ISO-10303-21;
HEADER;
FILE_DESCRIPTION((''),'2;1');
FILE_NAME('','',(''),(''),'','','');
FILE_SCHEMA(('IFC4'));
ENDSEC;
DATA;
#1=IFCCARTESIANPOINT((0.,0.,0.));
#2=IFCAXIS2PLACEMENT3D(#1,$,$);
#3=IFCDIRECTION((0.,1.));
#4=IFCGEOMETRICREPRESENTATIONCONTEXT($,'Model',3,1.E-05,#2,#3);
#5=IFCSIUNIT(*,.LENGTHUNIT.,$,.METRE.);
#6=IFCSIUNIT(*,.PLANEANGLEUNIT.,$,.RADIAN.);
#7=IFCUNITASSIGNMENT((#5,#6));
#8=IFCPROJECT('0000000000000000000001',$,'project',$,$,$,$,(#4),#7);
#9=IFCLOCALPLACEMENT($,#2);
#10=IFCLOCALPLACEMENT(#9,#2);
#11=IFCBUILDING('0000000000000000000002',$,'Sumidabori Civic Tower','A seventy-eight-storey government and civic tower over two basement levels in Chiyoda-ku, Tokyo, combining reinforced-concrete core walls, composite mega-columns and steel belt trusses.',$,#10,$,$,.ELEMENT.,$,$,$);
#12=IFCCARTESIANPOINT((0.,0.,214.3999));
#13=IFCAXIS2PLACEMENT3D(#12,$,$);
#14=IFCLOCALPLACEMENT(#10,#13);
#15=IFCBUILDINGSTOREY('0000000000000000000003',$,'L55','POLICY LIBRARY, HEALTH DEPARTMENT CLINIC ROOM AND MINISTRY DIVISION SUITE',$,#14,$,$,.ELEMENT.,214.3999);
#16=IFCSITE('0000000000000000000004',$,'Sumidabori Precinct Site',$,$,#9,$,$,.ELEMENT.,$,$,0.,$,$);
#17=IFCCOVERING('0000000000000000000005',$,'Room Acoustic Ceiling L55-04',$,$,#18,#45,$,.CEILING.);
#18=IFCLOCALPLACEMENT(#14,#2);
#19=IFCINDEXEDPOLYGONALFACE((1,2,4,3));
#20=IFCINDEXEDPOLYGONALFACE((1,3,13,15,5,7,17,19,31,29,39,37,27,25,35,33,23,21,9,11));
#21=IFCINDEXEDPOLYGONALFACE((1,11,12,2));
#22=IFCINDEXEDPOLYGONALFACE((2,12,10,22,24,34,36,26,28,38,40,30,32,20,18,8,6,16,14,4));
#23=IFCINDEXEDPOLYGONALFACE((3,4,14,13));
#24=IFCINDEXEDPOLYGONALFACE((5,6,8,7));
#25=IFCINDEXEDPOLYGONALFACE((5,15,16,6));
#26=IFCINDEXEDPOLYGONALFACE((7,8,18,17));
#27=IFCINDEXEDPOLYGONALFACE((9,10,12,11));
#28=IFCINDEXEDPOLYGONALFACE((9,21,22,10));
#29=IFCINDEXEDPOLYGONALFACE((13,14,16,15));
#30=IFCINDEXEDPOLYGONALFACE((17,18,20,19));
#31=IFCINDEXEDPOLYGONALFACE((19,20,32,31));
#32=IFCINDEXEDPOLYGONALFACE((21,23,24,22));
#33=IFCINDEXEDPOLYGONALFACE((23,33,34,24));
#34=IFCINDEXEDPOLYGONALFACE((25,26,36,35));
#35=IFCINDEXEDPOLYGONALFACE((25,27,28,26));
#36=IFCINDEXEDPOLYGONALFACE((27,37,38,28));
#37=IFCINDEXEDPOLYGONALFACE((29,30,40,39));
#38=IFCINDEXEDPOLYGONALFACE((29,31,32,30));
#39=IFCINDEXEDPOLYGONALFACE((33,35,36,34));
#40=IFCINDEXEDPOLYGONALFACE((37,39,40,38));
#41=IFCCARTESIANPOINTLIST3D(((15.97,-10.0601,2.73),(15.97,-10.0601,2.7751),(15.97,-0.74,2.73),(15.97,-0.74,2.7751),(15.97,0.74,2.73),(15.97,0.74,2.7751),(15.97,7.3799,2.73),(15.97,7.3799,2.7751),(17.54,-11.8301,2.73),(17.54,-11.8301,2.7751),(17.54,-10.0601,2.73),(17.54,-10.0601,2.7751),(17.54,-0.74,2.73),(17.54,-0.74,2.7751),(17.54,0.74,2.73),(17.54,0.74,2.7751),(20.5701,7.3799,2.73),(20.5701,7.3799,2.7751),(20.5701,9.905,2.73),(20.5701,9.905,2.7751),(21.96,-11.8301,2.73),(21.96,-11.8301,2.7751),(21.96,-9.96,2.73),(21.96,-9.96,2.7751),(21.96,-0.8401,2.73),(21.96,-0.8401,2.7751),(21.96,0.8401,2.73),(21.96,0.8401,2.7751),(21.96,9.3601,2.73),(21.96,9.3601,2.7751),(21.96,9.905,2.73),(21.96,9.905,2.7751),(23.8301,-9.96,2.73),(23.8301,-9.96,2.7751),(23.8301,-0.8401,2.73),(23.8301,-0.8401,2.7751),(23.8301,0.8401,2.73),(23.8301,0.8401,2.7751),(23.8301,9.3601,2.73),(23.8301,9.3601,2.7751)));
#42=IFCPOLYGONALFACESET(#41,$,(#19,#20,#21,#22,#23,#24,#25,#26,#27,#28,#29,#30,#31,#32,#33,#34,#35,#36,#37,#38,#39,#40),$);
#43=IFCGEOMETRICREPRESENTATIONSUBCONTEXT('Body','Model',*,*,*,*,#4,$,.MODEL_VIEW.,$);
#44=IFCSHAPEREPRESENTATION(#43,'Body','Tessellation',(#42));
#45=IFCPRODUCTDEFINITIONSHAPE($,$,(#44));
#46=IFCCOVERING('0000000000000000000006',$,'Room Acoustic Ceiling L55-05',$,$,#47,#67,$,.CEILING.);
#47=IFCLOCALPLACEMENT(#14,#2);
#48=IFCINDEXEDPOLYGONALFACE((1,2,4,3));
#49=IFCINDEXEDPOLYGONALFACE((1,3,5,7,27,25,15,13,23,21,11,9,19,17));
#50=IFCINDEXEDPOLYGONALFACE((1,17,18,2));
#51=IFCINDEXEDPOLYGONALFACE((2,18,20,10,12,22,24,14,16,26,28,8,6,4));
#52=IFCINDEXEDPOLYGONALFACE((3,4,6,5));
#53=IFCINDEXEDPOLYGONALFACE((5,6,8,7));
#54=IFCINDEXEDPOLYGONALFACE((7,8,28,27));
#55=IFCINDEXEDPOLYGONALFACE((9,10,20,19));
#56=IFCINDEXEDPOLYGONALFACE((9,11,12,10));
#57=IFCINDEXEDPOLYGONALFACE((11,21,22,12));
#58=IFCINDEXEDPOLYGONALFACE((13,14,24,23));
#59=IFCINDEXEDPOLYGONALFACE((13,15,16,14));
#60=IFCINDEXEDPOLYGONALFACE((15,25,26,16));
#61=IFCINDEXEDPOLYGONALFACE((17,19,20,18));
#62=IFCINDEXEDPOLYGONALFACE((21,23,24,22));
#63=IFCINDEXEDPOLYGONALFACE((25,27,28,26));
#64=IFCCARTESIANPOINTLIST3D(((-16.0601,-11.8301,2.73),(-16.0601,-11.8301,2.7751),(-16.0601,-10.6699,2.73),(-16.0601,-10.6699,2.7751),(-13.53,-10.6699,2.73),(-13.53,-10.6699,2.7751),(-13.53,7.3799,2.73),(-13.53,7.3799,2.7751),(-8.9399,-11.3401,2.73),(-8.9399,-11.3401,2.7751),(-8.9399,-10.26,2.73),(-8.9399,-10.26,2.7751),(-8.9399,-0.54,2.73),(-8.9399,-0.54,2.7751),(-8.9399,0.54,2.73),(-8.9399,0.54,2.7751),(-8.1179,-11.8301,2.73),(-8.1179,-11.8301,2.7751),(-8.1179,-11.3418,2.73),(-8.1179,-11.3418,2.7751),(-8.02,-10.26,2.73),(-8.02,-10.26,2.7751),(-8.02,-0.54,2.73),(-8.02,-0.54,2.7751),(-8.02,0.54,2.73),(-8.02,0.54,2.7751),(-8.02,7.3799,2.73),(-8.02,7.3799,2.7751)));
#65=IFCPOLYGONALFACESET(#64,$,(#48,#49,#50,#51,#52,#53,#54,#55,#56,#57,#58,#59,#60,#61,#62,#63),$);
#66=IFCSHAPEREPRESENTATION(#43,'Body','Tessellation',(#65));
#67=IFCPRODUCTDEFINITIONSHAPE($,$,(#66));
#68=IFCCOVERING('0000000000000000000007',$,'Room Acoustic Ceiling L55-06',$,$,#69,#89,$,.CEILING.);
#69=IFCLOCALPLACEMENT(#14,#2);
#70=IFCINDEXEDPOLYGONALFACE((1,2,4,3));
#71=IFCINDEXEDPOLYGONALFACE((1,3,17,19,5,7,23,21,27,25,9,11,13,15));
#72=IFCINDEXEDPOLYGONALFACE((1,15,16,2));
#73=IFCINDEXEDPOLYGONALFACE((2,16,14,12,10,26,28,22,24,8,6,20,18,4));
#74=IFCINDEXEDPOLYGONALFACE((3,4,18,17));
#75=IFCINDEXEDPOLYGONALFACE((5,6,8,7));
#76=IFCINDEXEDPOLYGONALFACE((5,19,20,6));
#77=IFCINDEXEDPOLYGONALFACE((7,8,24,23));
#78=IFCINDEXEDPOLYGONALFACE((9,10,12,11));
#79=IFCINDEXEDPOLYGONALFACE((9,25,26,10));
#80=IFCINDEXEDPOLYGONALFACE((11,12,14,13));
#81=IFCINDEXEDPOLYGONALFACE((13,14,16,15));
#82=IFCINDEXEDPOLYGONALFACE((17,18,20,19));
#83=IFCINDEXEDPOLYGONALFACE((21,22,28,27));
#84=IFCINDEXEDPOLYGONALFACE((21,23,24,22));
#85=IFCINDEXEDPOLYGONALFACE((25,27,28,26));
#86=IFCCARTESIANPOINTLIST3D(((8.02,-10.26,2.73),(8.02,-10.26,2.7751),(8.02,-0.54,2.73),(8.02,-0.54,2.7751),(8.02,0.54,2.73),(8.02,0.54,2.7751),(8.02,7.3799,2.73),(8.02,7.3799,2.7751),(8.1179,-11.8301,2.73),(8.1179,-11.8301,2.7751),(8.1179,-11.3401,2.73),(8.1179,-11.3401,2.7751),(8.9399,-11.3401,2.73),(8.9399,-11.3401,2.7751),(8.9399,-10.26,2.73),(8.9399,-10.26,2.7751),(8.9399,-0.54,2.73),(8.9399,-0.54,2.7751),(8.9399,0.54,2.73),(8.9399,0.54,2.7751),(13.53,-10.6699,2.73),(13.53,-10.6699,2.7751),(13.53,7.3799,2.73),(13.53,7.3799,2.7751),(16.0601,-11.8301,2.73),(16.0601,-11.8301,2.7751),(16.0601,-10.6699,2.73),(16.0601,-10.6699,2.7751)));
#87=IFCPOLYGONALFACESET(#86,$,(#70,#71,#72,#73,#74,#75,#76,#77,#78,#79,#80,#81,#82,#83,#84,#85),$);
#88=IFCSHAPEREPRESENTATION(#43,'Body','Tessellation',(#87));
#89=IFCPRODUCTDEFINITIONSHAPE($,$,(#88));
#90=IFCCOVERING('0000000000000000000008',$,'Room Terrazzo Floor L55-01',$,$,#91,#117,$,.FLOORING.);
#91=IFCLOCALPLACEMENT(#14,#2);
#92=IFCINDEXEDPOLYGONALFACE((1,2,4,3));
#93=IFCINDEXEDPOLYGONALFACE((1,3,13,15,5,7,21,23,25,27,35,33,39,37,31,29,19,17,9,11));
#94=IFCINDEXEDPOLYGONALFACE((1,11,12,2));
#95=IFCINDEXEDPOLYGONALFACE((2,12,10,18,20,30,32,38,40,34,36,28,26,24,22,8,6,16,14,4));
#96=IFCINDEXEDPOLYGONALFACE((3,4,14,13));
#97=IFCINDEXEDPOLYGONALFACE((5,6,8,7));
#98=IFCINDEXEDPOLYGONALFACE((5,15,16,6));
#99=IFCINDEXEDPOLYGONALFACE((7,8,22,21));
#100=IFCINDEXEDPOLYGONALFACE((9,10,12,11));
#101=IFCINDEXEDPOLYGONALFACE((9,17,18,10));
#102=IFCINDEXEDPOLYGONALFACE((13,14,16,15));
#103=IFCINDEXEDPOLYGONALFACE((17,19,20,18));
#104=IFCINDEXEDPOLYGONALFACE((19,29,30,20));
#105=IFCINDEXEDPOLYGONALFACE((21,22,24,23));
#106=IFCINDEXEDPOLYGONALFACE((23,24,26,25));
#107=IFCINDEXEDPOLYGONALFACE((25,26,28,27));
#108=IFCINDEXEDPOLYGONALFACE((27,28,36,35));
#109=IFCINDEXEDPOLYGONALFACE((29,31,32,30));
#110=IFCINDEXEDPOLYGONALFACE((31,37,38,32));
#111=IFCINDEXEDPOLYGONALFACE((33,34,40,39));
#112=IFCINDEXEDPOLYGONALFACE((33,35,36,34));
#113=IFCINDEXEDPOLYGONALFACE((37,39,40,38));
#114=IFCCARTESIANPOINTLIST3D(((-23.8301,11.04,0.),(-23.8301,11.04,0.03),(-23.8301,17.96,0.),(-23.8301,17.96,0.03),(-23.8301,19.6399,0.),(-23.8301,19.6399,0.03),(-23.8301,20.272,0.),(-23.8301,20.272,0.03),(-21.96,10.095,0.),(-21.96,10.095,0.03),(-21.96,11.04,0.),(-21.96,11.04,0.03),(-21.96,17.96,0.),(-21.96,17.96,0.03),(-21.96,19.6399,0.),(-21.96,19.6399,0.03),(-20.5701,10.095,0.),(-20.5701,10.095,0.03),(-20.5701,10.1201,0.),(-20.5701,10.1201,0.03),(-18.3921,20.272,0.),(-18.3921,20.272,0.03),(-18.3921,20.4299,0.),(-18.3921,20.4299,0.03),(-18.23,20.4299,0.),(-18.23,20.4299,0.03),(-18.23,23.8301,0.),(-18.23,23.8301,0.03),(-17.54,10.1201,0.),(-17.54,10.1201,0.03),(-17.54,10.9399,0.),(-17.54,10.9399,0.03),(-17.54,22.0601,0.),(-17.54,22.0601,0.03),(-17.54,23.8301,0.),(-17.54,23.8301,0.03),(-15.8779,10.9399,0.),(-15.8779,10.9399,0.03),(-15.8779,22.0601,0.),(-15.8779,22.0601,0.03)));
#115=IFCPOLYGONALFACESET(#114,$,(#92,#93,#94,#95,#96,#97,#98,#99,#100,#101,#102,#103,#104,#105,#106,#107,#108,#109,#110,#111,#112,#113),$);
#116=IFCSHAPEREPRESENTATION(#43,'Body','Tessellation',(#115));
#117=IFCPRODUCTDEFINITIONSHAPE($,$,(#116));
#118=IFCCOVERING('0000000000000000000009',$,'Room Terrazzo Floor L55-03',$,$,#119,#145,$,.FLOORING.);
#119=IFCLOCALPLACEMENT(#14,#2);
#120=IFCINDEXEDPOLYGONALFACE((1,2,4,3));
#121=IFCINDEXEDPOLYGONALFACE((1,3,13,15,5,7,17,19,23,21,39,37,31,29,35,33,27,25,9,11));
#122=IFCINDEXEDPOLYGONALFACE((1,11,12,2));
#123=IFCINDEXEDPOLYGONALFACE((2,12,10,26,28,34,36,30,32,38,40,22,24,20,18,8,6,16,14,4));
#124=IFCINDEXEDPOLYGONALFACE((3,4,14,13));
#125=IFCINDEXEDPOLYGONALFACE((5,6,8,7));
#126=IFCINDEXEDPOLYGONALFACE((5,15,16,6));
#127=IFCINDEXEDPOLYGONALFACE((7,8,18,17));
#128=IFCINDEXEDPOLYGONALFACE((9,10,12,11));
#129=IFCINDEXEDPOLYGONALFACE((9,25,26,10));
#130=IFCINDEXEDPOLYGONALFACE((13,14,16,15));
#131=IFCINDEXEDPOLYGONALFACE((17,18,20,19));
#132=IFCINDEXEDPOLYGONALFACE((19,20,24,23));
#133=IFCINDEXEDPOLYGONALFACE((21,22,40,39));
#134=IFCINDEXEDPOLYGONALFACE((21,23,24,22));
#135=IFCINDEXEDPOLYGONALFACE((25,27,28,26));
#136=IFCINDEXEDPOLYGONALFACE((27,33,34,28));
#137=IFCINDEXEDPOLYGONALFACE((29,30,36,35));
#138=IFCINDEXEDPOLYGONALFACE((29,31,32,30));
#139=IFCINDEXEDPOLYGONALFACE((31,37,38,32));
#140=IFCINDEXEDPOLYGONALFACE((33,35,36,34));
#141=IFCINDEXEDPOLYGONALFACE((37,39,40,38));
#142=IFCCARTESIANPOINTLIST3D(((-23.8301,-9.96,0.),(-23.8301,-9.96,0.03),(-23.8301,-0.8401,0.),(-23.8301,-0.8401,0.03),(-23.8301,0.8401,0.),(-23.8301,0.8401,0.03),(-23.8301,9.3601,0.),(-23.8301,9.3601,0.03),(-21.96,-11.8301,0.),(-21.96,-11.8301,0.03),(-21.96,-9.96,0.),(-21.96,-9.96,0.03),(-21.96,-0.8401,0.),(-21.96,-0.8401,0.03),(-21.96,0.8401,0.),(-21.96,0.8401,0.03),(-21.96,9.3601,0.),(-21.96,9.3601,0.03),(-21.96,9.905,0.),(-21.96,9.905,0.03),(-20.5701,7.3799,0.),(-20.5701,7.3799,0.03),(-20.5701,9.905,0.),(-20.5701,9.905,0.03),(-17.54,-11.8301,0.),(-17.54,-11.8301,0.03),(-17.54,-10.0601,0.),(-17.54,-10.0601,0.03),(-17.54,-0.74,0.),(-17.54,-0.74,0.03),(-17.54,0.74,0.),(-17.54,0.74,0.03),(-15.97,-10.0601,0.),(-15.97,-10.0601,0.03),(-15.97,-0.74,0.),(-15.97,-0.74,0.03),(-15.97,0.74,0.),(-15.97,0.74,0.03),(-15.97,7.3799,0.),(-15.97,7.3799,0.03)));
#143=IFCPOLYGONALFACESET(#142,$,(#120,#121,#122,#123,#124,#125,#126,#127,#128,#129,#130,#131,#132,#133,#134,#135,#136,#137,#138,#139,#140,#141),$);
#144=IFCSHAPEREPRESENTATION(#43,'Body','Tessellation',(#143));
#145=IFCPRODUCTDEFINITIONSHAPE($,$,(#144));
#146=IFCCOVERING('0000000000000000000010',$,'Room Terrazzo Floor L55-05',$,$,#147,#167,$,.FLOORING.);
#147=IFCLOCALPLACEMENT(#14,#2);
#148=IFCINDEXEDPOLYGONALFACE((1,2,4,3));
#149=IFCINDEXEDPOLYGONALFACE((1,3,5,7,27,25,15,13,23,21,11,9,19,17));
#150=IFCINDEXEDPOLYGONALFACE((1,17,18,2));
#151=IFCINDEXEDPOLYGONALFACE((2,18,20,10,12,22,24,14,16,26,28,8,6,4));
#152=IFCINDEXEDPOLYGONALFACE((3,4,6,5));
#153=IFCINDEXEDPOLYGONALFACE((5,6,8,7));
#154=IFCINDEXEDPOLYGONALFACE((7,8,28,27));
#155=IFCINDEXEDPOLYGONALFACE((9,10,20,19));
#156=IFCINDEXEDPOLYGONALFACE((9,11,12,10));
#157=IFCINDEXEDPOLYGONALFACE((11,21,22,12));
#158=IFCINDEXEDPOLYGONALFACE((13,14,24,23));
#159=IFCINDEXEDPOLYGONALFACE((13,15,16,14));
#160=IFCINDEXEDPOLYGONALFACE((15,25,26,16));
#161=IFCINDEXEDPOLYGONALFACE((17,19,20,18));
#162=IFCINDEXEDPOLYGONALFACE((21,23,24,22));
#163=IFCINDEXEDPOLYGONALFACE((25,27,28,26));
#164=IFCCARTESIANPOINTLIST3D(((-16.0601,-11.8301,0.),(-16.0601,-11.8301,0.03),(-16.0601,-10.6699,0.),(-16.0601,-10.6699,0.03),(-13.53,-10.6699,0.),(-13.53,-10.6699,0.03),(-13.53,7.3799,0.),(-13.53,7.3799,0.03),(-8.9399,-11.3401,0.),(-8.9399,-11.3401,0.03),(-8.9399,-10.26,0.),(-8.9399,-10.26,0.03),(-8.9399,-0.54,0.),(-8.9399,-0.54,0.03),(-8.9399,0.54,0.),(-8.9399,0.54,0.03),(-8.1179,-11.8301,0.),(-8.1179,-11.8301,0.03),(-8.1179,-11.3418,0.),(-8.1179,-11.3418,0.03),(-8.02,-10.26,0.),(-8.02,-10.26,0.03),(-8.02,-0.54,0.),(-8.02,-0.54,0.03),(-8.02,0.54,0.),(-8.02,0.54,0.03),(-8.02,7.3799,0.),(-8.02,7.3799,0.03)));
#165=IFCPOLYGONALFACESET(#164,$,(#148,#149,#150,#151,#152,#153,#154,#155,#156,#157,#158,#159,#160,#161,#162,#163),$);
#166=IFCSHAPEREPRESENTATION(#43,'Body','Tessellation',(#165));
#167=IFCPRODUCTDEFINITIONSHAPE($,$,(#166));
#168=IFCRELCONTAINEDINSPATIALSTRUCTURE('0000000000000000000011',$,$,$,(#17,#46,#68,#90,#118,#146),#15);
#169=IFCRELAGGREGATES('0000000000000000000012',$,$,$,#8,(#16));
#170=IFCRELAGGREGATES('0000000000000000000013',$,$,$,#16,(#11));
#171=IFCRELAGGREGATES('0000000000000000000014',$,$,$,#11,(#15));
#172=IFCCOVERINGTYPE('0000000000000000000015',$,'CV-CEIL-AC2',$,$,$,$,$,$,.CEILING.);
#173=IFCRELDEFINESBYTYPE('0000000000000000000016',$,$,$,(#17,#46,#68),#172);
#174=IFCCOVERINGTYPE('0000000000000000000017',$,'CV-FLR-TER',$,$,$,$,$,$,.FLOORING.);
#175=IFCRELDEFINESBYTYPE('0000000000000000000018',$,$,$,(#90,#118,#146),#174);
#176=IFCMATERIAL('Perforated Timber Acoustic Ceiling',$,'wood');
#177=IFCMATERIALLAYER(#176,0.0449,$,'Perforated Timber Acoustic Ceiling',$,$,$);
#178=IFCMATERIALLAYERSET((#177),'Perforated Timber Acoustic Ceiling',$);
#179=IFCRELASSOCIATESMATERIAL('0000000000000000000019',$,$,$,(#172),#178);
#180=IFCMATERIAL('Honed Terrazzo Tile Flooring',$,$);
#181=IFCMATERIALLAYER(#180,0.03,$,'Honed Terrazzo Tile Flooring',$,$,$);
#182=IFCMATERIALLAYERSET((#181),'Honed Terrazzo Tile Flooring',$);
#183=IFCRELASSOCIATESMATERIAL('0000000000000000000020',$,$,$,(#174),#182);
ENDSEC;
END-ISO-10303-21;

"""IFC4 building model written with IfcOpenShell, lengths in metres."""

from ifc_helpers import new_model, si_unit, direction, frame, origin, place, context, subcontext, project, spatial, polyline, outline, extrude, material, layer, layer_set, type_object, element, save


model = new_model("IFC4")

# Units and contexts
model_context = context("Model", 3, precision=1e-05, world=origin(), true_north=direction((0.0, 1.0)))
body_context = subcontext(model_context, "Body", "Model", "MODEL_VIEW")
ifc_project = project(units=[si_unit("LENGTHUNIT", "METRE"), si_unit("PLANEANGLEUNIT", "RADIAN")], contexts=[model_context])

# Site, building, storey
site_placement = place(None, origin())
site = spatial("IfcSite", under=ifc_project, at=site_placement, Name="Sumidabori Precinct Site", CompositionType="ELEMENT", RefElevation=0.0)
building_placement = place(site_placement, origin())
building = spatial("IfcBuilding", under=site, at=building_placement, Name="Sumidabori Civic Tower", Description="A seventy-eight-storey government and civic tower over two basement levels in Chiyoda-ku, Tokyo, combining reinforced-concrete core walls, composite mega-columns and steel belt trusses.", CompositionType="ELEMENT")
storey_placement = place(building_placement, frame((0.0, 0.0, 214.3999)))
storey = spatial("IfcBuildingStorey", under=building, at=storey_placement, Name="L55", Description="POLICY LIBRARY, HEALTH DEPARTMENT CLINIC ROOM AND MINISTRY DIVISION SUITE", CompositionType="ELEMENT", Elevation=214.3999)

# Coverings
ifc_material_1 = material(Name="Perforated Timber Acoustic Ceiling", Category="wood")
ifc_layer_1 = layer(ifc_material_1, 0.0449, Name="Perforated Timber Acoustic Ceiling")
ifc_layer_set_1 = layer_set([ifc_layer_1], Name="Perforated Timber Acoustic Ceiling")
covering_type_1 = type_object("IfcCoveringType", Name="CV-CEIL-AC2", PredefinedType="CEILING", material=ifc_layer_set_1)
covering_1_placement = place(storey_placement, frame((0.0, 0.0, 2.73)))
element("IfcCovering", 1, at=covering_1_placement, inside=storey, type_object=covering_type_1, Name="Room Acoustic Ceiling L55-04", PredefinedType="CEILING", context=body_context, shape_type="SweptSolid", body=[
    extrude(outline(polyline([(17.54, -10.0601), (15.97, -10.0601), (15.97, -0.74), (17.54, -0.74), (17.54, 0.74), (15.97, 0.74), (15.97, 7.3799), (20.5701, 7.3799), (20.5701, 9.905), (21.96, 9.905), (21.96, 9.3601), (23.8301, 9.3601), (23.8301, 0.8401), (21.96, 0.8401), (21.96, -0.8401), (23.8301, -0.8401), (23.8301, -9.96), (21.96, -9.96), (21.96, -11.8301), (17.54, -11.8301), (17.54, -10.0601)])), origin(), (0.0, 0.0, 1.0), 0.0452),
])
covering_2_placement = place(storey_placement, frame((0.0, 0.0, 2.73)))
element("IfcCovering", 2, at=covering_2_placement, inside=storey, type_object=covering_type_1, Name="Room Acoustic Ceiling L55-05", PredefinedType="CEILING", context=body_context, shape_type="SweptSolid", body=[
    extrude(outline(polyline([(-16.0601, -10.6699), (-13.53, -10.6699), (-13.53, 7.3799), (-8.02, 7.3799), (-8.02, 0.54), (-8.9399, 0.54), (-8.9399, -0.54), (-8.02, -0.54), (-8.02, -10.26), (-8.9399, -10.26), (-8.9399, -11.3401), (-8.1179, -11.3418), (-8.1179, -11.8301), (-16.0601, -11.8301), (-16.0601, -10.6699)])), origin(), (0.0, 0.0, 1.0), 0.0452),
])
covering_3_placement = place(storey_placement, frame((0.0, 0.0, 2.73)))
element("IfcCovering", 3, at=covering_3_placement, inside=storey, type_object=covering_type_1, Name="Room Acoustic Ceiling L55-06", PredefinedType="CEILING", context=body_context, shape_type="SweptSolid", body=[
    extrude(outline(polyline([(8.9399, -11.3401), (8.9399, -10.26), (8.02, -10.26), (8.02, -0.54), (8.9399, -0.54), (8.9399, 0.54), (8.02, 0.54), (8.02, 7.3799), (13.53, 7.3799), (13.53, -10.6699), (16.0601, -10.6699), (16.0601, -11.8301), (8.1179, -11.8301), (8.1179, -11.3401), (8.9399, -11.3401)])), origin(), (0.0, 0.0, 1.0), 0.0452),
])
ifc_material_2 = material(Name="Honed Terrazzo Tile Flooring")
ifc_layer_2 = layer(ifc_material_2, 0.03, Name="Honed Terrazzo Tile Flooring")
ifc_layer_set_2 = layer_set([ifc_layer_2], Name="Honed Terrazzo Tile Flooring")
covering_type_2 = type_object("IfcCoveringType", Name="CV-FLR-TER", PredefinedType="FLOORING", material=ifc_layer_set_2)
covering_4_placement = place(storey_placement, origin())
element("IfcCovering", 4, at=covering_4_placement, inside=storey, type_object=covering_type_2, Name="Room Terrazzo Floor L55-01", PredefinedType="FLOORING", context=body_context, shape_type="SweptSolid", body=[
    extrude(outline(polyline([(-23.8301, 17.96), (-21.96, 17.96), (-21.96, 19.6399), (-23.8301, 19.6399), (-23.8301, 20.272), (-18.3921, 20.272), (-18.3921, 20.4299), (-18.23, 20.4299), (-18.23, 23.8301), (-17.54, 23.8301), (-17.54, 22.0601), (-15.8779, 22.0601), (-15.8779, 10.9399), (-17.54, 10.9399), (-17.54, 10.1201), (-20.5701, 10.1201), (-20.5701, 10.095), (-21.96, 10.095), (-21.96, 11.04), (-23.8301, 11.04), (-23.8301, 17.96)])), origin(), (0.0, 0.0, 1.0), 0.03),
])
covering_5_placement = place(storey_placement, origin())
element("IfcCovering", 5, at=covering_5_placement, inside=storey, type_object=covering_type_2, Name="Room Terrazzo Floor L55-03", PredefinedType="FLOORING", context=body_context, shape_type="SweptSolid", body=[
    extrude(outline(polyline([(-23.8301, -0.8401), (-21.96, -0.8401), (-21.96, 0.8401), (-23.8301, 0.8401), (-23.8301, 9.3601), (-21.96, 9.3601), (-21.96, 9.905), (-20.5701, 9.905), (-20.5701, 7.3799), (-15.97, 7.3799), (-15.97, 0.74), (-17.54, 0.74), (-17.54, -0.74), (-15.97, -0.74), (-15.97, -10.0601), (-17.54, -10.0601), (-17.54, -11.8301), (-21.96, -11.8301), (-21.96, -9.96), (-23.8301, -9.96), (-23.8301, -0.8401)])), origin(), (0.0, 0.0, 1.0), 0.03),
])
covering_6_placement = place(storey_placement, origin())
element("IfcCovering", 6, at=covering_6_placement, inside=storey, type_object=covering_type_2, Name="Room Terrazzo Floor L55-05", PredefinedType="FLOORING", context=body_context, shape_type="SweptSolid", body=[
    extrude(outline(polyline([(-16.0601, -10.6699), (-13.53, -10.6699), (-13.53, 7.3799), (-8.02, 7.3799), (-8.02, 0.54), (-8.9399, 0.54), (-8.9399, -0.54), (-8.02, -0.54), (-8.02, -10.26), (-8.9399, -10.26), (-8.9399, -11.3401), (-8.1179, -11.3418), (-8.1179, -11.8301), (-16.0601, -11.8301), (-16.0601, -10.6699)])), origin(), (0.0, 0.0, 1.0), 0.03),
])

save(model, "model.ifc")
